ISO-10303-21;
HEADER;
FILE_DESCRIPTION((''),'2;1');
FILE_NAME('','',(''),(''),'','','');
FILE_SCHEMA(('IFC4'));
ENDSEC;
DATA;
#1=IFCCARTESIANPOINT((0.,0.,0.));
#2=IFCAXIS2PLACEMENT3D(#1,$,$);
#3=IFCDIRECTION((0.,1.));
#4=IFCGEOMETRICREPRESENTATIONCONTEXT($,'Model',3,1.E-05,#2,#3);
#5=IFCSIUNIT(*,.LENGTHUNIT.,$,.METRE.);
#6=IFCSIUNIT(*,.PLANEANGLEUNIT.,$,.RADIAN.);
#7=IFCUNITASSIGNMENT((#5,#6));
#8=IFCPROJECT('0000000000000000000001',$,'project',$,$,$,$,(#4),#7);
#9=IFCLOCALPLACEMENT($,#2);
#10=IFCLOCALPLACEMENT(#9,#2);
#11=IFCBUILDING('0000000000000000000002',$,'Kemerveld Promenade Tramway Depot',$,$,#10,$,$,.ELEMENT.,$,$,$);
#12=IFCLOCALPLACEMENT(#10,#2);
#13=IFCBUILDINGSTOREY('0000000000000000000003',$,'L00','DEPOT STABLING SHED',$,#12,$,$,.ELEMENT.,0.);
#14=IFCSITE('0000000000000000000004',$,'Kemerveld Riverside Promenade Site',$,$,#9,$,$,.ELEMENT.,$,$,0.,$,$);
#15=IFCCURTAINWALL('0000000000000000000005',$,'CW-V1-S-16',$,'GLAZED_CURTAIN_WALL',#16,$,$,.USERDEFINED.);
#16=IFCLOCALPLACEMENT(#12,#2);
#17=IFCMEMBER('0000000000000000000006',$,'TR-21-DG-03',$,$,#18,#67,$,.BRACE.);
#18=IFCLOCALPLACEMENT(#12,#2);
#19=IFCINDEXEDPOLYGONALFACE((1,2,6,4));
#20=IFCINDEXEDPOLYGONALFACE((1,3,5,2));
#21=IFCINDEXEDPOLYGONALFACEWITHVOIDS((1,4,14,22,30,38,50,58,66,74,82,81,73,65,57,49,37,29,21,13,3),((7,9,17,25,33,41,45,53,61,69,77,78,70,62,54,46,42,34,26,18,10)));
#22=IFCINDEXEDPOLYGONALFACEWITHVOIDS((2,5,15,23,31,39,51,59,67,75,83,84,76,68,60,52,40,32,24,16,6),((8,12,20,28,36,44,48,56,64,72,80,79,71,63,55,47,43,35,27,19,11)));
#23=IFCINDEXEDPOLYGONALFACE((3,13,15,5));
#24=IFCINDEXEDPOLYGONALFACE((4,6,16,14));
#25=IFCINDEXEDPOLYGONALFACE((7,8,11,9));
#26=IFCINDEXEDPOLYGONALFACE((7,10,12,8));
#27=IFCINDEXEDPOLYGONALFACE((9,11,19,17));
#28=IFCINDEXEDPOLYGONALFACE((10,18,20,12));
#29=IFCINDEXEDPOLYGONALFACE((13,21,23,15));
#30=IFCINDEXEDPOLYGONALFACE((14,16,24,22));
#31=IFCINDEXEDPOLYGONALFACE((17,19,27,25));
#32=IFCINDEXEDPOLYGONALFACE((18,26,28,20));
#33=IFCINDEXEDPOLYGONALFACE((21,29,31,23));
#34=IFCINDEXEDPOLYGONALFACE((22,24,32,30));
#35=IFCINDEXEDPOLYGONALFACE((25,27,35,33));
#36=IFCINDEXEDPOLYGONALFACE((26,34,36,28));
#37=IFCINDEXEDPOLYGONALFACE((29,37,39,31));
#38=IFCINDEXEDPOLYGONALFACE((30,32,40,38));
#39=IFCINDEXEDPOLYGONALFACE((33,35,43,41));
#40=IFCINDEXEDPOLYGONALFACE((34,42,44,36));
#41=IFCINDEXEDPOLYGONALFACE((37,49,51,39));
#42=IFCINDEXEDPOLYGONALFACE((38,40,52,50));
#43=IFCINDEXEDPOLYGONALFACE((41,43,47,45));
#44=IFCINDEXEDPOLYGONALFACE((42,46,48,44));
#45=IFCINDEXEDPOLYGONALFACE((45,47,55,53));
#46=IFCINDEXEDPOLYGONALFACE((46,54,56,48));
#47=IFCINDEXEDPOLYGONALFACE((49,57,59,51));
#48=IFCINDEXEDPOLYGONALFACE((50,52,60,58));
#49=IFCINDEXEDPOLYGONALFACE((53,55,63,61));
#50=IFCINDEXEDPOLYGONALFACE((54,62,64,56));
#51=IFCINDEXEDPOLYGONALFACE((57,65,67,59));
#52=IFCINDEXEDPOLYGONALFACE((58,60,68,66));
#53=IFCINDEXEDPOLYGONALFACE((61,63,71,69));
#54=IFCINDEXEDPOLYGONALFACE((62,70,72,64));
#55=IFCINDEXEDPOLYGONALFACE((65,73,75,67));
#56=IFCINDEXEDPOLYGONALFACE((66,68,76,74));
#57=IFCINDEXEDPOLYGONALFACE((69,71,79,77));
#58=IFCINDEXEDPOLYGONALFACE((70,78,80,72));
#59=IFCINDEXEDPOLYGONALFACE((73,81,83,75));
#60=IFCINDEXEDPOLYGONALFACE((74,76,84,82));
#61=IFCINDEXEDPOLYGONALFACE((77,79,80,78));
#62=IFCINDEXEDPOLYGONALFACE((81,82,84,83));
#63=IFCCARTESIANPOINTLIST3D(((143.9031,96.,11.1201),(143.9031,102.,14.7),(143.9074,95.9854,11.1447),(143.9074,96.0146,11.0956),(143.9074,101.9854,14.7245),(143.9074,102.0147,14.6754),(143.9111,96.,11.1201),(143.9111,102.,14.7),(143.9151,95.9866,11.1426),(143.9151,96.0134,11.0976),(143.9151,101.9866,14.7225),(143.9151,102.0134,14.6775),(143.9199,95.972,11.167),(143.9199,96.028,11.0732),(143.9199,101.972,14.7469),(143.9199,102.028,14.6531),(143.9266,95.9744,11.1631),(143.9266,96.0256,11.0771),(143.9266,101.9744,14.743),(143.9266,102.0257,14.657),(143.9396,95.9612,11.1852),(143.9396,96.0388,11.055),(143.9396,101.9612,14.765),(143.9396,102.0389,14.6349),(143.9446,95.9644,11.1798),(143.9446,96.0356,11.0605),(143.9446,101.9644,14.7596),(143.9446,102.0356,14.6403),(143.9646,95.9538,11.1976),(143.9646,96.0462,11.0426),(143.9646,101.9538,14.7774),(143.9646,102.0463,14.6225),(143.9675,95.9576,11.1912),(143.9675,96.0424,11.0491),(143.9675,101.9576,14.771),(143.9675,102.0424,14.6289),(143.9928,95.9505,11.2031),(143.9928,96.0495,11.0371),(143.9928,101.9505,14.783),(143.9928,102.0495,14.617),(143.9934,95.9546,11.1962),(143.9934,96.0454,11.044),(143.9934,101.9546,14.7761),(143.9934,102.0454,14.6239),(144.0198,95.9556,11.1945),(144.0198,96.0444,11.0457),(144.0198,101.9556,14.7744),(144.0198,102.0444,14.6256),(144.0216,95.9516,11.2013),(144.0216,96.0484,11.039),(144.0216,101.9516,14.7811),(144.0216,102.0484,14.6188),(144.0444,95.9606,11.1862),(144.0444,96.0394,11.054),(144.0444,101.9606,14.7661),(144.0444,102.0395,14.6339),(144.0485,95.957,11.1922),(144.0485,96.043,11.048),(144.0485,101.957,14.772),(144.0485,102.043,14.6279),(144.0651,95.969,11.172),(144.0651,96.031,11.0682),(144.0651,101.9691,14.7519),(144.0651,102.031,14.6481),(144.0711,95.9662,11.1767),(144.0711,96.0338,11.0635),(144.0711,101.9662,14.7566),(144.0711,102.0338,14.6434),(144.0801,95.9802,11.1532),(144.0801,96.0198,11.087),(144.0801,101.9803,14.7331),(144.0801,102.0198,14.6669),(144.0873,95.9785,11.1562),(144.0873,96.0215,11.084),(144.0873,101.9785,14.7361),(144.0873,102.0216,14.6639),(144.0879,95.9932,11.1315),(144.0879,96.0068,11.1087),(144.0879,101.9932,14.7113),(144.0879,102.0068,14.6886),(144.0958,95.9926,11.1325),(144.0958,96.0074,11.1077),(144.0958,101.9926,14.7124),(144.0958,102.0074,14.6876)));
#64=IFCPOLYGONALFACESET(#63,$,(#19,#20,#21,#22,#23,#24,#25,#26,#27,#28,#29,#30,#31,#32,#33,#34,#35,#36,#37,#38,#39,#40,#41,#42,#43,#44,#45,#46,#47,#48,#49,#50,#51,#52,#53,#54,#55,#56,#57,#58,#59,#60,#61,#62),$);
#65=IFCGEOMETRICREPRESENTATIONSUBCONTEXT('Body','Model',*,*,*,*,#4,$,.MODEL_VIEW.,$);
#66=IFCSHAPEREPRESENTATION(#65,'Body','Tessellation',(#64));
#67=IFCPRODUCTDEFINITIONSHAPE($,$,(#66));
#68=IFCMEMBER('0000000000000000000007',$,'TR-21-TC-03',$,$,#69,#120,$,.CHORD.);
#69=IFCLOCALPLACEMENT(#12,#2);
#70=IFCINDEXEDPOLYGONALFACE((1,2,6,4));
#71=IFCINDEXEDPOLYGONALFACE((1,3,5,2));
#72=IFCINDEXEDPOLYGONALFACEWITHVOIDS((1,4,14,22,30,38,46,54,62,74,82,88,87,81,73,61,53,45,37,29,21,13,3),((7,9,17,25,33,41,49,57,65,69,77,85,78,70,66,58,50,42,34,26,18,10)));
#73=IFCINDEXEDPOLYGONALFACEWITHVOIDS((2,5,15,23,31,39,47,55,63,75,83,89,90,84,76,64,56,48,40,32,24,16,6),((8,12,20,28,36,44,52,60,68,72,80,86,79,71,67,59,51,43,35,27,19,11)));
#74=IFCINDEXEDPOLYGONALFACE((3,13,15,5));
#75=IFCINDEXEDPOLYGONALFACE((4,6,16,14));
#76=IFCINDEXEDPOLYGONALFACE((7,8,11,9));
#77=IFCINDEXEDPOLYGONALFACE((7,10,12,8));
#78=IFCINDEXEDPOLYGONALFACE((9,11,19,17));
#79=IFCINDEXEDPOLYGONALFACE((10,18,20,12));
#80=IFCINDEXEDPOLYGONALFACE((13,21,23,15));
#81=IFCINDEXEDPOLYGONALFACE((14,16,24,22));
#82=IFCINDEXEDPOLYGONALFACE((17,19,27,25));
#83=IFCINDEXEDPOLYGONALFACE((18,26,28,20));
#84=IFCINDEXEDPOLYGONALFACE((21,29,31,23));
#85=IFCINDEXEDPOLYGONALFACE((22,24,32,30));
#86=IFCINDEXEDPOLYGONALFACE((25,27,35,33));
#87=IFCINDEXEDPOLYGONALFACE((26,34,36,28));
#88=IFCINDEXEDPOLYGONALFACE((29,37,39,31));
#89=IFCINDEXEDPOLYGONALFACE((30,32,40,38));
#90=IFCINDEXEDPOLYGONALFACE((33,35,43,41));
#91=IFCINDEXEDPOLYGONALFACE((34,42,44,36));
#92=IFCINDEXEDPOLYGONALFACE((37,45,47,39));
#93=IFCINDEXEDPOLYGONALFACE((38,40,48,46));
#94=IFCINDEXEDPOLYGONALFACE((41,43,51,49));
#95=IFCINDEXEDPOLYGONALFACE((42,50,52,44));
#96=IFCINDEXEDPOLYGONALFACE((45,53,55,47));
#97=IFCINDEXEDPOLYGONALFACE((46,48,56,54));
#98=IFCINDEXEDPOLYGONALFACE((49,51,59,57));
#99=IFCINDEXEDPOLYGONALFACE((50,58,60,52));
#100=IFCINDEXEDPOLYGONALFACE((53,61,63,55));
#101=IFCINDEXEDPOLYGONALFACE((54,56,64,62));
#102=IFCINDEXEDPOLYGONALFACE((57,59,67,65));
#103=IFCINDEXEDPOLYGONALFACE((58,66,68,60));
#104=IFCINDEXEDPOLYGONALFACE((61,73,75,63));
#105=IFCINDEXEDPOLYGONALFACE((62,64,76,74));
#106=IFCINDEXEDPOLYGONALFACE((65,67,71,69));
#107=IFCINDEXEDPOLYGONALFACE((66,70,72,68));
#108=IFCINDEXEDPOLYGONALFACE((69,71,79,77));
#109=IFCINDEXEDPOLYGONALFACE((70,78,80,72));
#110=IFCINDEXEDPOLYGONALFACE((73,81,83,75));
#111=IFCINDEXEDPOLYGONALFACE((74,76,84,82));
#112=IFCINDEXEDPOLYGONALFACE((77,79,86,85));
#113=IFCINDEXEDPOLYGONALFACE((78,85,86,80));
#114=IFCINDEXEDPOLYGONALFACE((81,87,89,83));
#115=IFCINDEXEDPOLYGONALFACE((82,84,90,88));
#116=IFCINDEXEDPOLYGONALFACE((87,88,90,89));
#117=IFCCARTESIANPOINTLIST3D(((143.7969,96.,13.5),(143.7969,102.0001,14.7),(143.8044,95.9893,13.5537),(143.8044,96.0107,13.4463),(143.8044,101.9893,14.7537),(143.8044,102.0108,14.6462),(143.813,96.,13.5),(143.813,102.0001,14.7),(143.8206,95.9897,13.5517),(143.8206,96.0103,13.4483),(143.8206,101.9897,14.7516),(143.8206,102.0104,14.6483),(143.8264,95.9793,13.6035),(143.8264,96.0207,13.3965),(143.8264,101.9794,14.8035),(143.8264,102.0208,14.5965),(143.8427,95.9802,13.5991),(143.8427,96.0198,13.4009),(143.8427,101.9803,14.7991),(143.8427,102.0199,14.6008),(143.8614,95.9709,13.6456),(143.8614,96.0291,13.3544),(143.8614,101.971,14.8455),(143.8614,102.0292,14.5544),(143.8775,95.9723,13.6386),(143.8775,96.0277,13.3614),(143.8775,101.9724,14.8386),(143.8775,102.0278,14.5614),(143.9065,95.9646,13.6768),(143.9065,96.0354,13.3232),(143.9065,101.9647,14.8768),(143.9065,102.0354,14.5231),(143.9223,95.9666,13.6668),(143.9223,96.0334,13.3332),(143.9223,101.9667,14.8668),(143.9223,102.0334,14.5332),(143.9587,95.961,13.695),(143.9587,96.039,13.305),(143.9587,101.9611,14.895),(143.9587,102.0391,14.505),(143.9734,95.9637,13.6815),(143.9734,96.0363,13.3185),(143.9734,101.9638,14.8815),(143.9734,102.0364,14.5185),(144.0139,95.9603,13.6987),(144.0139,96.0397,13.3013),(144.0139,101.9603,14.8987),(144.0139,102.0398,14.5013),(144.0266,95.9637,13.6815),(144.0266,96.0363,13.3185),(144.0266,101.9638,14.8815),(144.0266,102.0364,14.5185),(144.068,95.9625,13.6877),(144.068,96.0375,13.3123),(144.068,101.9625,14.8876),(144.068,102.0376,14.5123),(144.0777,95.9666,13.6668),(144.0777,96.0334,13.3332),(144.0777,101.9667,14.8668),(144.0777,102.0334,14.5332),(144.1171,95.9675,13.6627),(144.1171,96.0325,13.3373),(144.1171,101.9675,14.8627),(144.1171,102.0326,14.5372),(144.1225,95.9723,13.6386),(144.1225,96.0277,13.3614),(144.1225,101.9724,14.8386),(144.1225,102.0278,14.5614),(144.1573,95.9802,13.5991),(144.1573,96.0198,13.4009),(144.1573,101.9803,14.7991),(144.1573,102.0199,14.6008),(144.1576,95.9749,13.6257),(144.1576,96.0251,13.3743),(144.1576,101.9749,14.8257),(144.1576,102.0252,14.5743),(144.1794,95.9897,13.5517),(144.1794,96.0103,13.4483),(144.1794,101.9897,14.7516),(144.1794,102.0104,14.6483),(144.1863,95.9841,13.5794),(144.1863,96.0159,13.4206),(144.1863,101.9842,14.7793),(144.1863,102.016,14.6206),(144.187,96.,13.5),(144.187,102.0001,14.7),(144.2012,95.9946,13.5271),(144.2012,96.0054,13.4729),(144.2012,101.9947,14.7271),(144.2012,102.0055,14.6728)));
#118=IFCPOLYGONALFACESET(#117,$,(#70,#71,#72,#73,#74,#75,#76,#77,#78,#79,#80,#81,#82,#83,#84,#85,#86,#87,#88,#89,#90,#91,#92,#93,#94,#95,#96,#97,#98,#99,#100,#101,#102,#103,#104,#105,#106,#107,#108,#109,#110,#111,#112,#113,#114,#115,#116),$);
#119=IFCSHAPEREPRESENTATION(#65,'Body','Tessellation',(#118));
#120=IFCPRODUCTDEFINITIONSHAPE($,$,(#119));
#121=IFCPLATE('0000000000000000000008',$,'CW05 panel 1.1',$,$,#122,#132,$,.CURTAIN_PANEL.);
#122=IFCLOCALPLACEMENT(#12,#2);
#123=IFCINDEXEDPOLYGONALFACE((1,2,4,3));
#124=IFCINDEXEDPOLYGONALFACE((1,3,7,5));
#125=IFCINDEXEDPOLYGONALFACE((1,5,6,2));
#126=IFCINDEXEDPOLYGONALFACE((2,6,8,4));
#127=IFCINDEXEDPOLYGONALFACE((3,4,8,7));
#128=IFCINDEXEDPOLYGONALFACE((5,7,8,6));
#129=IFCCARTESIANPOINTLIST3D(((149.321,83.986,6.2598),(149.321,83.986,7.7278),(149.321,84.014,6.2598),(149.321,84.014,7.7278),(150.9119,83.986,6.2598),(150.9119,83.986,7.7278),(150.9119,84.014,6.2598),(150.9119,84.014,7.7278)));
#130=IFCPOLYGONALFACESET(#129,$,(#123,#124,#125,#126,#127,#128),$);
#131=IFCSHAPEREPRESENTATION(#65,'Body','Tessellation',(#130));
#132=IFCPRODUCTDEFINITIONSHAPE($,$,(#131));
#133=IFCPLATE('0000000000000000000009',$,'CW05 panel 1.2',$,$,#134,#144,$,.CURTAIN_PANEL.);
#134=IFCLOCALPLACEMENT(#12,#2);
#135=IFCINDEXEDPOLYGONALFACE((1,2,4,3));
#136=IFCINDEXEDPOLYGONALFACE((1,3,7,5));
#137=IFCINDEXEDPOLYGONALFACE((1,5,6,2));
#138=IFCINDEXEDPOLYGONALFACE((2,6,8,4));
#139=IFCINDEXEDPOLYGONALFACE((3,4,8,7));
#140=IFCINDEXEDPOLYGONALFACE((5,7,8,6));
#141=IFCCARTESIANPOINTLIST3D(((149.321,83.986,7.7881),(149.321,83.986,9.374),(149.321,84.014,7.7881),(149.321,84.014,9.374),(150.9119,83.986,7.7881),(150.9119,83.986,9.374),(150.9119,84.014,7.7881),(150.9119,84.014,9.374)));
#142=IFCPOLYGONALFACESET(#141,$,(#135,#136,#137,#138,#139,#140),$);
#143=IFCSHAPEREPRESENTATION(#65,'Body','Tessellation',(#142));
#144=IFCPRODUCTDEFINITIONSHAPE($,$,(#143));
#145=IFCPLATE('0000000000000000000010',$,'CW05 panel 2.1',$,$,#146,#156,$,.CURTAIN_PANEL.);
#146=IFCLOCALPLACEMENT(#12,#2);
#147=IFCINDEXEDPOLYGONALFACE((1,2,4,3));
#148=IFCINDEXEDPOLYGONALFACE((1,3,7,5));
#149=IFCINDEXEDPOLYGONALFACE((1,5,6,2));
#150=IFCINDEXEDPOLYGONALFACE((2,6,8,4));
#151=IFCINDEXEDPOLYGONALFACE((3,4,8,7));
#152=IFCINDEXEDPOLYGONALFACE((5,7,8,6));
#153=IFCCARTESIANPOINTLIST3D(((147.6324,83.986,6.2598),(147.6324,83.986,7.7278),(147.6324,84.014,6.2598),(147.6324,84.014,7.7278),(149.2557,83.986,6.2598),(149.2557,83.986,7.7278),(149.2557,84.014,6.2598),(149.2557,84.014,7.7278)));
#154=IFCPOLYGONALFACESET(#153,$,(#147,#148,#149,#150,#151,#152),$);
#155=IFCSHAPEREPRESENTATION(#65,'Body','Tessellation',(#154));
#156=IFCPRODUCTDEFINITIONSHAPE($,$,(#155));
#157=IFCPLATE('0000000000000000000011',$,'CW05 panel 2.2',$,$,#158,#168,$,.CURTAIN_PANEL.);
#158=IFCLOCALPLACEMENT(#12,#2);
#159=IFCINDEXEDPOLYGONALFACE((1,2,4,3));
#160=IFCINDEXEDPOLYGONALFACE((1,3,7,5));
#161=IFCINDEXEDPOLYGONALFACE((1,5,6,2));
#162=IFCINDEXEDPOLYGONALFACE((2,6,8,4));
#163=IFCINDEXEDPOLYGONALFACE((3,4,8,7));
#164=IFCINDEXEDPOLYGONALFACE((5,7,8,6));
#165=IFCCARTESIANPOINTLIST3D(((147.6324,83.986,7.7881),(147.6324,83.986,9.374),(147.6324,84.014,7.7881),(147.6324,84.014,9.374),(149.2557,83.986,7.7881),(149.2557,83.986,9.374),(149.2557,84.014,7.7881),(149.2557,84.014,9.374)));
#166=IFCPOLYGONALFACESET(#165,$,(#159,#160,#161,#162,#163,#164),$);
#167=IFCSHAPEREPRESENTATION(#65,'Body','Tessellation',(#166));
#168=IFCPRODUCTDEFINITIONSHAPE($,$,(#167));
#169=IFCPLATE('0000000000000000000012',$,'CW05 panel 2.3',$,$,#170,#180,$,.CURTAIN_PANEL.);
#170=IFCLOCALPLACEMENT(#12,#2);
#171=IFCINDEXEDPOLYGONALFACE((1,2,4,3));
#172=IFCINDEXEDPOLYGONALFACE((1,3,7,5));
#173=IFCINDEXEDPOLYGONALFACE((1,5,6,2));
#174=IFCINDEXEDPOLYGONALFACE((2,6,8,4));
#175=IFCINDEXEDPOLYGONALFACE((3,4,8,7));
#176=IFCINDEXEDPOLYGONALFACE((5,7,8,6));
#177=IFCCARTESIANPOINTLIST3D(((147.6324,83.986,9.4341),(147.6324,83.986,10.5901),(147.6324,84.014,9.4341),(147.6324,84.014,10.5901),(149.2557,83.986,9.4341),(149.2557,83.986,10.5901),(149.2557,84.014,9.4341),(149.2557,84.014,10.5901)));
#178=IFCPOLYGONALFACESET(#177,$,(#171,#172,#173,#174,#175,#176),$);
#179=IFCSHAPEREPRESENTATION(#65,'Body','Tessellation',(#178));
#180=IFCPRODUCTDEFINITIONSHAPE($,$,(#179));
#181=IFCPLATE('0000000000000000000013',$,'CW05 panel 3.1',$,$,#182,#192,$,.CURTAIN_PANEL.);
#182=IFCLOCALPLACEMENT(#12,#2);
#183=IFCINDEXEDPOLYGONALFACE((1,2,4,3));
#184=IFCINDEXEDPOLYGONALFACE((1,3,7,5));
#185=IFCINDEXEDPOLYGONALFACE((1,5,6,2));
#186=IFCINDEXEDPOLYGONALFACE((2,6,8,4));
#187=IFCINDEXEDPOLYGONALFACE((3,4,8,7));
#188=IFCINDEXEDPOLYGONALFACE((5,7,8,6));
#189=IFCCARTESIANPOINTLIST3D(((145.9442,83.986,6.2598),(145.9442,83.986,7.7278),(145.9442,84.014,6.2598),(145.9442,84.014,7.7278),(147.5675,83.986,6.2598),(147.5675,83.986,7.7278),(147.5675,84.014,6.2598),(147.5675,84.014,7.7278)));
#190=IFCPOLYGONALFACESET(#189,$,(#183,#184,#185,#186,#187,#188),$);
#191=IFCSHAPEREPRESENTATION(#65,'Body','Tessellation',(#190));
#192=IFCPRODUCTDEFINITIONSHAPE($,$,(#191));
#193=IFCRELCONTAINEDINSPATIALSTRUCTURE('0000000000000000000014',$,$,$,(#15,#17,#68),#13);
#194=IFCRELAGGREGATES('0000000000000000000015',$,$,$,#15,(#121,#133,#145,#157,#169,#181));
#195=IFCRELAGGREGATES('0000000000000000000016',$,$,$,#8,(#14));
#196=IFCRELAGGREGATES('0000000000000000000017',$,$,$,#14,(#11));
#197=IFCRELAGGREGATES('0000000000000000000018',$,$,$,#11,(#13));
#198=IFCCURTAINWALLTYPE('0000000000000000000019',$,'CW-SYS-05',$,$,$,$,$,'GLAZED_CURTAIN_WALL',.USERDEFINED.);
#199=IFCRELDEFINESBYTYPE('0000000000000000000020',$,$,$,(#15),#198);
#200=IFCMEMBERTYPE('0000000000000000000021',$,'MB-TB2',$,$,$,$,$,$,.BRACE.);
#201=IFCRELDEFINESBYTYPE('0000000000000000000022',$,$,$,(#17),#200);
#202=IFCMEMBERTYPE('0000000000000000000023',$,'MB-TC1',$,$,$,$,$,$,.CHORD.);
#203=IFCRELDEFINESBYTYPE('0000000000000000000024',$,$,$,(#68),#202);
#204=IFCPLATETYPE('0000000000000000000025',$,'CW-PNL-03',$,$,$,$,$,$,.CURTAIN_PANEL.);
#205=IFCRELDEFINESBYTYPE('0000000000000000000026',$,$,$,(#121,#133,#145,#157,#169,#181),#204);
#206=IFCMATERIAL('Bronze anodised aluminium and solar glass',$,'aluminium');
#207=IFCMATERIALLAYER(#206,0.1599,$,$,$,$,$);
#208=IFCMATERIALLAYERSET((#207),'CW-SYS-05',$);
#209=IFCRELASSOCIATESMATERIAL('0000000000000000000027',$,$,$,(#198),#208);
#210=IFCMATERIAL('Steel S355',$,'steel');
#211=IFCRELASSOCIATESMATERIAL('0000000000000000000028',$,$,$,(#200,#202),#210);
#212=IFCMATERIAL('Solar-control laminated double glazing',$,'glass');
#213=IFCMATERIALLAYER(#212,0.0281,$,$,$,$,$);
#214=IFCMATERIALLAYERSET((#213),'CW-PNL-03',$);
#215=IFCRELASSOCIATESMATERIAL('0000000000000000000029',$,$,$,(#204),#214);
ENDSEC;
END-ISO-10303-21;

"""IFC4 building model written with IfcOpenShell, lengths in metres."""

from ifc_helpers import new_model, si_unit, direction, frame, origin, origin_2d, place, context, subcontext, project, spatial, rectangle, hollow_circle, extrude, material, layer, layer_set, material_profile, profile_set, type_object, element, aggregate, save


model = new_model("IFC4")

# Units and contexts
model_context = context("Model", 3, precision=1e-05, world=origin(), true_north=direction((0.0, 1.0)))
body_context = subcontext(model_context, "Body", "Model", "MODEL_VIEW")
ifc_project = project(units=[si_unit("LENGTHUNIT", "METRE"), si_unit("PLANEANGLEUNIT", "RADIAN")], contexts=[model_context])

# Site, building, storey
site_placement = place(None, origin())
site = spatial("IfcSite", under=ifc_project, at=site_placement, Name="Kemerveld Riverside Promenade Site", CompositionType="ELEMENT", RefElevation=0.0)
building_placement = place(site_placement, origin())
building = spatial("IfcBuilding", under=site, at=building_placement, Name="Kemerveld Promenade Tramway Depot", CompositionType="ELEMENT")
storey_placement = place(building_placement, origin())
storey = spatial("IfcBuildingStorey", under=building, at=storey_placement, Name="L00", Description="DEPOT STABLING SHED", CompositionType="ELEMENT", Elevation=0.0)

# Curtain wall
ifc_material_1 = material(Name="Bronze anodised aluminium and solar glass", Category="aluminium")
ifc_layer_1 = layer(ifc_material_1, 0.1599)
ifc_layer_set_1 = layer_set([ifc_layer_1], Name="CW-SYS-05")
curtain_wall_type = type_object("IfcCurtainWallType", Name="CW-SYS-05", ElementType="GLAZED_CURTAIN_WALL", PredefinedType="USERDEFINED", material=ifc_layer_set_1)
curtain_wall_placement = place(storey_placement, origin())
curtain_wall = element("IfcCurtainWall", 1, at=curtain_wall_placement, inside=storey, type_object=curtain_wall_type, Name="CW-V1-S-16", ObjectType="GLAZED_CURTAIN_WALL", PredefinedType="USERDEFINED")

# Members
ifc_material_2 = material(Name="Steel S355", Category="steel")
ifc_material_profile_1 = material_profile(ifc_material_2, hollow_circle(Radius=0.0969, WallThickness=0.0081, at=origin_2d()), Name="193.7x8.0 CHS")
ifc_profile_set_1 = profile_set([ifc_material_profile_1], Name="Steel S355")
member_type_1 = type_object("IfcMemberType", Name="MB-TB2", PredefinedType="BRACE", material=ifc_profile_set_1)
member_1_placement = place(storey_placement, frame((144.0, 96.0, 11.1201), z_axis=(0.0, 0.858764, 0.512372), x_axis=(-1.0, 0.0, 0.0)))
element("IfcMember", 2, at=member_1_placement, inside=storey, type_object=member_type_1, Name="TR-21-DG-03", PredefinedType="BRACE", context=body_context, shape_type="SweptSolid", body=[
    extrude(hollow_circle(Radius=0.0969, WallThickness=0.0081, at=origin_2d()), origin(), (0.0, 0.0, 1.0), 6.9868),
])
ifc_material_profile_2 = material_profile(ifc_material_2, hollow_circle(Radius=0.2031, WallThickness=0.0161, at=origin_2d()), Name="406.4x16.0 CHS")
ifc_profile_set_2 = profile_set([ifc_material_profile_2], Name="Steel S355")
member_type_2 = type_object("IfcMemberType", Name="MB-TC1", PredefinedType="CHORD", material=ifc_profile_set_2)
member_2_placement = place(storey_placement, frame((144.0, 96.0, 13.5), z_axis=(0.0, 0.980582, 0.196108), x_axis=(-1.0, 0.0, 0.0)))
element("IfcMember", 3, at=member_2_placement, inside=storey, type_object=member_type_2, Name="TR-21-TC-03", PredefinedType="CHORD", context=body_context, shape_type="SweptSolid", body=[
    extrude(hollow_circle(Radius=0.2031, WallThickness=0.0161, at=origin_2d()), origin(), (0.0, 0.0, 1.0), 6.1189),
])

# Plates
ifc_material_3 = material(Name="Solar-control laminated double glazing", Category="glass")
ifc_layer_2 = layer(ifc_material_3, 0.0281)
ifc_layer_set_2 = layer_set([ifc_layer_2], Name="CW-PNL-03")
plate_type_1 = type_object("IfcPlateType", Name="CW-PNL-03", PredefinedType="CURTAIN_PANEL", material=ifc_layer_set_2)
plate_1_placement = place(storey_placement, frame((150.1165, 84.0, 6.2598), z_axis=(0.0, 0.0, 1.0), x_axis=(-1.0, 0.0, 0.0)))
plate_1 = element("IfcPlate", 4, at=plate_1_placement, type_object=plate_type_1, Name="CW05 panel 1.1", PredefinedType="CURTAIN_PANEL", context=body_context, shape_type="SweptSolid", body=[
    extrude(rectangle(XDim=1.5908, YDim=0.0281, at=origin_2d()), origin(), (0.0, 0.0, 1.0), 1.468),
])
plate_2_placement = place(storey_placement, frame((150.1165, 84.0, 7.7881), z_axis=(0.0, 0.0, 1.0), x_axis=(-1.0, 0.0, 0.0)))
plate_2 = element("IfcPlate", 5, at=plate_2_placement, type_object=plate_type_1, Name="CW05 panel 1.2", PredefinedType="CURTAIN_PANEL", context=body_context, shape_type="SweptSolid", body=[
    extrude(rectangle(XDim=1.5908, YDim=0.0281, at=origin_2d()), origin(), (0.0, 0.0, 1.0), 1.5859),
])
plate_3_placement = place(storey_placement, frame((148.4441, 84.0, 6.2598), z_axis=(0.0, 0.0, 1.0), x_axis=(-1.0, 0.0, 0.0)))
plate_3 = element("IfcPlate", 6, at=plate_3_placement, type_object=plate_type_1, Name="CW05 panel 2.1", PredefinedType="CURTAIN_PANEL", context=body_context, shape_type="SweptSolid", body=[
    extrude(rectangle(XDim=1.6233, YDim=0.0281, at=origin_2d()), origin(), (0.0, 0.0, 1.0), 1.468),
])
plate_4_placement = place(storey_placement, frame((148.4441, 84.0, 7.7881), z_axis=(0.0, 0.0, 1.0), x_axis=(-1.0, 0.0, 0.0)))
plate_4 = element("IfcPlate", 7, at=plate_4_placement, type_object=plate_type_1, Name="CW05 panel 2.2", PredefinedType="CURTAIN_PANEL", context=body_context, shape_type="SweptSolid", body=[
    extrude(rectangle(XDim=1.6233, YDim=0.0281, at=origin_2d()), origin(), (0.0, 0.0, 1.0), 1.5859),
])
plate_5_placement = place(storey_placement, frame((148.4441, 84.0, 9.4341), z_axis=(0.0, 0.0, 1.0), x_axis=(-1.0, 0.0, 0.0)))
plate_5 = element("IfcPlate", 8, at=plate_5_placement, type_object=plate_type_1, Name="CW05 panel 2.3", PredefinedType="CURTAIN_PANEL", context=body_context, shape_type="SweptSolid", body=[
    extrude(rectangle(XDim=1.6233, YDim=0.0281, at=origin_2d()), origin(), (0.0, 0.0, 1.0), 1.156),
])
plate_6_placement = place(storey_placement, frame((146.7559, 84.0, 6.2598), z_axis=(0.0, 0.0, 1.0), x_axis=(-1.0, 0.0, 0.0)))
plate_6 = element("IfcPlate", 9, at=plate_6_placement, type_object=plate_type_1, Name="CW05 panel 3.1", PredefinedType="CURTAIN_PANEL", context=body_context, shape_type="SweptSolid", body=[
    extrude(rectangle(XDim=1.6233, YDim=0.0281, at=origin_2d()), origin(), (0.0, 0.0, 1.0), 1.468),
])
aggregate(curtain_wall, [plate_1, plate_2, plate_3, plate_4, plate_5, plate_6])

save(model, "model.ifc")
